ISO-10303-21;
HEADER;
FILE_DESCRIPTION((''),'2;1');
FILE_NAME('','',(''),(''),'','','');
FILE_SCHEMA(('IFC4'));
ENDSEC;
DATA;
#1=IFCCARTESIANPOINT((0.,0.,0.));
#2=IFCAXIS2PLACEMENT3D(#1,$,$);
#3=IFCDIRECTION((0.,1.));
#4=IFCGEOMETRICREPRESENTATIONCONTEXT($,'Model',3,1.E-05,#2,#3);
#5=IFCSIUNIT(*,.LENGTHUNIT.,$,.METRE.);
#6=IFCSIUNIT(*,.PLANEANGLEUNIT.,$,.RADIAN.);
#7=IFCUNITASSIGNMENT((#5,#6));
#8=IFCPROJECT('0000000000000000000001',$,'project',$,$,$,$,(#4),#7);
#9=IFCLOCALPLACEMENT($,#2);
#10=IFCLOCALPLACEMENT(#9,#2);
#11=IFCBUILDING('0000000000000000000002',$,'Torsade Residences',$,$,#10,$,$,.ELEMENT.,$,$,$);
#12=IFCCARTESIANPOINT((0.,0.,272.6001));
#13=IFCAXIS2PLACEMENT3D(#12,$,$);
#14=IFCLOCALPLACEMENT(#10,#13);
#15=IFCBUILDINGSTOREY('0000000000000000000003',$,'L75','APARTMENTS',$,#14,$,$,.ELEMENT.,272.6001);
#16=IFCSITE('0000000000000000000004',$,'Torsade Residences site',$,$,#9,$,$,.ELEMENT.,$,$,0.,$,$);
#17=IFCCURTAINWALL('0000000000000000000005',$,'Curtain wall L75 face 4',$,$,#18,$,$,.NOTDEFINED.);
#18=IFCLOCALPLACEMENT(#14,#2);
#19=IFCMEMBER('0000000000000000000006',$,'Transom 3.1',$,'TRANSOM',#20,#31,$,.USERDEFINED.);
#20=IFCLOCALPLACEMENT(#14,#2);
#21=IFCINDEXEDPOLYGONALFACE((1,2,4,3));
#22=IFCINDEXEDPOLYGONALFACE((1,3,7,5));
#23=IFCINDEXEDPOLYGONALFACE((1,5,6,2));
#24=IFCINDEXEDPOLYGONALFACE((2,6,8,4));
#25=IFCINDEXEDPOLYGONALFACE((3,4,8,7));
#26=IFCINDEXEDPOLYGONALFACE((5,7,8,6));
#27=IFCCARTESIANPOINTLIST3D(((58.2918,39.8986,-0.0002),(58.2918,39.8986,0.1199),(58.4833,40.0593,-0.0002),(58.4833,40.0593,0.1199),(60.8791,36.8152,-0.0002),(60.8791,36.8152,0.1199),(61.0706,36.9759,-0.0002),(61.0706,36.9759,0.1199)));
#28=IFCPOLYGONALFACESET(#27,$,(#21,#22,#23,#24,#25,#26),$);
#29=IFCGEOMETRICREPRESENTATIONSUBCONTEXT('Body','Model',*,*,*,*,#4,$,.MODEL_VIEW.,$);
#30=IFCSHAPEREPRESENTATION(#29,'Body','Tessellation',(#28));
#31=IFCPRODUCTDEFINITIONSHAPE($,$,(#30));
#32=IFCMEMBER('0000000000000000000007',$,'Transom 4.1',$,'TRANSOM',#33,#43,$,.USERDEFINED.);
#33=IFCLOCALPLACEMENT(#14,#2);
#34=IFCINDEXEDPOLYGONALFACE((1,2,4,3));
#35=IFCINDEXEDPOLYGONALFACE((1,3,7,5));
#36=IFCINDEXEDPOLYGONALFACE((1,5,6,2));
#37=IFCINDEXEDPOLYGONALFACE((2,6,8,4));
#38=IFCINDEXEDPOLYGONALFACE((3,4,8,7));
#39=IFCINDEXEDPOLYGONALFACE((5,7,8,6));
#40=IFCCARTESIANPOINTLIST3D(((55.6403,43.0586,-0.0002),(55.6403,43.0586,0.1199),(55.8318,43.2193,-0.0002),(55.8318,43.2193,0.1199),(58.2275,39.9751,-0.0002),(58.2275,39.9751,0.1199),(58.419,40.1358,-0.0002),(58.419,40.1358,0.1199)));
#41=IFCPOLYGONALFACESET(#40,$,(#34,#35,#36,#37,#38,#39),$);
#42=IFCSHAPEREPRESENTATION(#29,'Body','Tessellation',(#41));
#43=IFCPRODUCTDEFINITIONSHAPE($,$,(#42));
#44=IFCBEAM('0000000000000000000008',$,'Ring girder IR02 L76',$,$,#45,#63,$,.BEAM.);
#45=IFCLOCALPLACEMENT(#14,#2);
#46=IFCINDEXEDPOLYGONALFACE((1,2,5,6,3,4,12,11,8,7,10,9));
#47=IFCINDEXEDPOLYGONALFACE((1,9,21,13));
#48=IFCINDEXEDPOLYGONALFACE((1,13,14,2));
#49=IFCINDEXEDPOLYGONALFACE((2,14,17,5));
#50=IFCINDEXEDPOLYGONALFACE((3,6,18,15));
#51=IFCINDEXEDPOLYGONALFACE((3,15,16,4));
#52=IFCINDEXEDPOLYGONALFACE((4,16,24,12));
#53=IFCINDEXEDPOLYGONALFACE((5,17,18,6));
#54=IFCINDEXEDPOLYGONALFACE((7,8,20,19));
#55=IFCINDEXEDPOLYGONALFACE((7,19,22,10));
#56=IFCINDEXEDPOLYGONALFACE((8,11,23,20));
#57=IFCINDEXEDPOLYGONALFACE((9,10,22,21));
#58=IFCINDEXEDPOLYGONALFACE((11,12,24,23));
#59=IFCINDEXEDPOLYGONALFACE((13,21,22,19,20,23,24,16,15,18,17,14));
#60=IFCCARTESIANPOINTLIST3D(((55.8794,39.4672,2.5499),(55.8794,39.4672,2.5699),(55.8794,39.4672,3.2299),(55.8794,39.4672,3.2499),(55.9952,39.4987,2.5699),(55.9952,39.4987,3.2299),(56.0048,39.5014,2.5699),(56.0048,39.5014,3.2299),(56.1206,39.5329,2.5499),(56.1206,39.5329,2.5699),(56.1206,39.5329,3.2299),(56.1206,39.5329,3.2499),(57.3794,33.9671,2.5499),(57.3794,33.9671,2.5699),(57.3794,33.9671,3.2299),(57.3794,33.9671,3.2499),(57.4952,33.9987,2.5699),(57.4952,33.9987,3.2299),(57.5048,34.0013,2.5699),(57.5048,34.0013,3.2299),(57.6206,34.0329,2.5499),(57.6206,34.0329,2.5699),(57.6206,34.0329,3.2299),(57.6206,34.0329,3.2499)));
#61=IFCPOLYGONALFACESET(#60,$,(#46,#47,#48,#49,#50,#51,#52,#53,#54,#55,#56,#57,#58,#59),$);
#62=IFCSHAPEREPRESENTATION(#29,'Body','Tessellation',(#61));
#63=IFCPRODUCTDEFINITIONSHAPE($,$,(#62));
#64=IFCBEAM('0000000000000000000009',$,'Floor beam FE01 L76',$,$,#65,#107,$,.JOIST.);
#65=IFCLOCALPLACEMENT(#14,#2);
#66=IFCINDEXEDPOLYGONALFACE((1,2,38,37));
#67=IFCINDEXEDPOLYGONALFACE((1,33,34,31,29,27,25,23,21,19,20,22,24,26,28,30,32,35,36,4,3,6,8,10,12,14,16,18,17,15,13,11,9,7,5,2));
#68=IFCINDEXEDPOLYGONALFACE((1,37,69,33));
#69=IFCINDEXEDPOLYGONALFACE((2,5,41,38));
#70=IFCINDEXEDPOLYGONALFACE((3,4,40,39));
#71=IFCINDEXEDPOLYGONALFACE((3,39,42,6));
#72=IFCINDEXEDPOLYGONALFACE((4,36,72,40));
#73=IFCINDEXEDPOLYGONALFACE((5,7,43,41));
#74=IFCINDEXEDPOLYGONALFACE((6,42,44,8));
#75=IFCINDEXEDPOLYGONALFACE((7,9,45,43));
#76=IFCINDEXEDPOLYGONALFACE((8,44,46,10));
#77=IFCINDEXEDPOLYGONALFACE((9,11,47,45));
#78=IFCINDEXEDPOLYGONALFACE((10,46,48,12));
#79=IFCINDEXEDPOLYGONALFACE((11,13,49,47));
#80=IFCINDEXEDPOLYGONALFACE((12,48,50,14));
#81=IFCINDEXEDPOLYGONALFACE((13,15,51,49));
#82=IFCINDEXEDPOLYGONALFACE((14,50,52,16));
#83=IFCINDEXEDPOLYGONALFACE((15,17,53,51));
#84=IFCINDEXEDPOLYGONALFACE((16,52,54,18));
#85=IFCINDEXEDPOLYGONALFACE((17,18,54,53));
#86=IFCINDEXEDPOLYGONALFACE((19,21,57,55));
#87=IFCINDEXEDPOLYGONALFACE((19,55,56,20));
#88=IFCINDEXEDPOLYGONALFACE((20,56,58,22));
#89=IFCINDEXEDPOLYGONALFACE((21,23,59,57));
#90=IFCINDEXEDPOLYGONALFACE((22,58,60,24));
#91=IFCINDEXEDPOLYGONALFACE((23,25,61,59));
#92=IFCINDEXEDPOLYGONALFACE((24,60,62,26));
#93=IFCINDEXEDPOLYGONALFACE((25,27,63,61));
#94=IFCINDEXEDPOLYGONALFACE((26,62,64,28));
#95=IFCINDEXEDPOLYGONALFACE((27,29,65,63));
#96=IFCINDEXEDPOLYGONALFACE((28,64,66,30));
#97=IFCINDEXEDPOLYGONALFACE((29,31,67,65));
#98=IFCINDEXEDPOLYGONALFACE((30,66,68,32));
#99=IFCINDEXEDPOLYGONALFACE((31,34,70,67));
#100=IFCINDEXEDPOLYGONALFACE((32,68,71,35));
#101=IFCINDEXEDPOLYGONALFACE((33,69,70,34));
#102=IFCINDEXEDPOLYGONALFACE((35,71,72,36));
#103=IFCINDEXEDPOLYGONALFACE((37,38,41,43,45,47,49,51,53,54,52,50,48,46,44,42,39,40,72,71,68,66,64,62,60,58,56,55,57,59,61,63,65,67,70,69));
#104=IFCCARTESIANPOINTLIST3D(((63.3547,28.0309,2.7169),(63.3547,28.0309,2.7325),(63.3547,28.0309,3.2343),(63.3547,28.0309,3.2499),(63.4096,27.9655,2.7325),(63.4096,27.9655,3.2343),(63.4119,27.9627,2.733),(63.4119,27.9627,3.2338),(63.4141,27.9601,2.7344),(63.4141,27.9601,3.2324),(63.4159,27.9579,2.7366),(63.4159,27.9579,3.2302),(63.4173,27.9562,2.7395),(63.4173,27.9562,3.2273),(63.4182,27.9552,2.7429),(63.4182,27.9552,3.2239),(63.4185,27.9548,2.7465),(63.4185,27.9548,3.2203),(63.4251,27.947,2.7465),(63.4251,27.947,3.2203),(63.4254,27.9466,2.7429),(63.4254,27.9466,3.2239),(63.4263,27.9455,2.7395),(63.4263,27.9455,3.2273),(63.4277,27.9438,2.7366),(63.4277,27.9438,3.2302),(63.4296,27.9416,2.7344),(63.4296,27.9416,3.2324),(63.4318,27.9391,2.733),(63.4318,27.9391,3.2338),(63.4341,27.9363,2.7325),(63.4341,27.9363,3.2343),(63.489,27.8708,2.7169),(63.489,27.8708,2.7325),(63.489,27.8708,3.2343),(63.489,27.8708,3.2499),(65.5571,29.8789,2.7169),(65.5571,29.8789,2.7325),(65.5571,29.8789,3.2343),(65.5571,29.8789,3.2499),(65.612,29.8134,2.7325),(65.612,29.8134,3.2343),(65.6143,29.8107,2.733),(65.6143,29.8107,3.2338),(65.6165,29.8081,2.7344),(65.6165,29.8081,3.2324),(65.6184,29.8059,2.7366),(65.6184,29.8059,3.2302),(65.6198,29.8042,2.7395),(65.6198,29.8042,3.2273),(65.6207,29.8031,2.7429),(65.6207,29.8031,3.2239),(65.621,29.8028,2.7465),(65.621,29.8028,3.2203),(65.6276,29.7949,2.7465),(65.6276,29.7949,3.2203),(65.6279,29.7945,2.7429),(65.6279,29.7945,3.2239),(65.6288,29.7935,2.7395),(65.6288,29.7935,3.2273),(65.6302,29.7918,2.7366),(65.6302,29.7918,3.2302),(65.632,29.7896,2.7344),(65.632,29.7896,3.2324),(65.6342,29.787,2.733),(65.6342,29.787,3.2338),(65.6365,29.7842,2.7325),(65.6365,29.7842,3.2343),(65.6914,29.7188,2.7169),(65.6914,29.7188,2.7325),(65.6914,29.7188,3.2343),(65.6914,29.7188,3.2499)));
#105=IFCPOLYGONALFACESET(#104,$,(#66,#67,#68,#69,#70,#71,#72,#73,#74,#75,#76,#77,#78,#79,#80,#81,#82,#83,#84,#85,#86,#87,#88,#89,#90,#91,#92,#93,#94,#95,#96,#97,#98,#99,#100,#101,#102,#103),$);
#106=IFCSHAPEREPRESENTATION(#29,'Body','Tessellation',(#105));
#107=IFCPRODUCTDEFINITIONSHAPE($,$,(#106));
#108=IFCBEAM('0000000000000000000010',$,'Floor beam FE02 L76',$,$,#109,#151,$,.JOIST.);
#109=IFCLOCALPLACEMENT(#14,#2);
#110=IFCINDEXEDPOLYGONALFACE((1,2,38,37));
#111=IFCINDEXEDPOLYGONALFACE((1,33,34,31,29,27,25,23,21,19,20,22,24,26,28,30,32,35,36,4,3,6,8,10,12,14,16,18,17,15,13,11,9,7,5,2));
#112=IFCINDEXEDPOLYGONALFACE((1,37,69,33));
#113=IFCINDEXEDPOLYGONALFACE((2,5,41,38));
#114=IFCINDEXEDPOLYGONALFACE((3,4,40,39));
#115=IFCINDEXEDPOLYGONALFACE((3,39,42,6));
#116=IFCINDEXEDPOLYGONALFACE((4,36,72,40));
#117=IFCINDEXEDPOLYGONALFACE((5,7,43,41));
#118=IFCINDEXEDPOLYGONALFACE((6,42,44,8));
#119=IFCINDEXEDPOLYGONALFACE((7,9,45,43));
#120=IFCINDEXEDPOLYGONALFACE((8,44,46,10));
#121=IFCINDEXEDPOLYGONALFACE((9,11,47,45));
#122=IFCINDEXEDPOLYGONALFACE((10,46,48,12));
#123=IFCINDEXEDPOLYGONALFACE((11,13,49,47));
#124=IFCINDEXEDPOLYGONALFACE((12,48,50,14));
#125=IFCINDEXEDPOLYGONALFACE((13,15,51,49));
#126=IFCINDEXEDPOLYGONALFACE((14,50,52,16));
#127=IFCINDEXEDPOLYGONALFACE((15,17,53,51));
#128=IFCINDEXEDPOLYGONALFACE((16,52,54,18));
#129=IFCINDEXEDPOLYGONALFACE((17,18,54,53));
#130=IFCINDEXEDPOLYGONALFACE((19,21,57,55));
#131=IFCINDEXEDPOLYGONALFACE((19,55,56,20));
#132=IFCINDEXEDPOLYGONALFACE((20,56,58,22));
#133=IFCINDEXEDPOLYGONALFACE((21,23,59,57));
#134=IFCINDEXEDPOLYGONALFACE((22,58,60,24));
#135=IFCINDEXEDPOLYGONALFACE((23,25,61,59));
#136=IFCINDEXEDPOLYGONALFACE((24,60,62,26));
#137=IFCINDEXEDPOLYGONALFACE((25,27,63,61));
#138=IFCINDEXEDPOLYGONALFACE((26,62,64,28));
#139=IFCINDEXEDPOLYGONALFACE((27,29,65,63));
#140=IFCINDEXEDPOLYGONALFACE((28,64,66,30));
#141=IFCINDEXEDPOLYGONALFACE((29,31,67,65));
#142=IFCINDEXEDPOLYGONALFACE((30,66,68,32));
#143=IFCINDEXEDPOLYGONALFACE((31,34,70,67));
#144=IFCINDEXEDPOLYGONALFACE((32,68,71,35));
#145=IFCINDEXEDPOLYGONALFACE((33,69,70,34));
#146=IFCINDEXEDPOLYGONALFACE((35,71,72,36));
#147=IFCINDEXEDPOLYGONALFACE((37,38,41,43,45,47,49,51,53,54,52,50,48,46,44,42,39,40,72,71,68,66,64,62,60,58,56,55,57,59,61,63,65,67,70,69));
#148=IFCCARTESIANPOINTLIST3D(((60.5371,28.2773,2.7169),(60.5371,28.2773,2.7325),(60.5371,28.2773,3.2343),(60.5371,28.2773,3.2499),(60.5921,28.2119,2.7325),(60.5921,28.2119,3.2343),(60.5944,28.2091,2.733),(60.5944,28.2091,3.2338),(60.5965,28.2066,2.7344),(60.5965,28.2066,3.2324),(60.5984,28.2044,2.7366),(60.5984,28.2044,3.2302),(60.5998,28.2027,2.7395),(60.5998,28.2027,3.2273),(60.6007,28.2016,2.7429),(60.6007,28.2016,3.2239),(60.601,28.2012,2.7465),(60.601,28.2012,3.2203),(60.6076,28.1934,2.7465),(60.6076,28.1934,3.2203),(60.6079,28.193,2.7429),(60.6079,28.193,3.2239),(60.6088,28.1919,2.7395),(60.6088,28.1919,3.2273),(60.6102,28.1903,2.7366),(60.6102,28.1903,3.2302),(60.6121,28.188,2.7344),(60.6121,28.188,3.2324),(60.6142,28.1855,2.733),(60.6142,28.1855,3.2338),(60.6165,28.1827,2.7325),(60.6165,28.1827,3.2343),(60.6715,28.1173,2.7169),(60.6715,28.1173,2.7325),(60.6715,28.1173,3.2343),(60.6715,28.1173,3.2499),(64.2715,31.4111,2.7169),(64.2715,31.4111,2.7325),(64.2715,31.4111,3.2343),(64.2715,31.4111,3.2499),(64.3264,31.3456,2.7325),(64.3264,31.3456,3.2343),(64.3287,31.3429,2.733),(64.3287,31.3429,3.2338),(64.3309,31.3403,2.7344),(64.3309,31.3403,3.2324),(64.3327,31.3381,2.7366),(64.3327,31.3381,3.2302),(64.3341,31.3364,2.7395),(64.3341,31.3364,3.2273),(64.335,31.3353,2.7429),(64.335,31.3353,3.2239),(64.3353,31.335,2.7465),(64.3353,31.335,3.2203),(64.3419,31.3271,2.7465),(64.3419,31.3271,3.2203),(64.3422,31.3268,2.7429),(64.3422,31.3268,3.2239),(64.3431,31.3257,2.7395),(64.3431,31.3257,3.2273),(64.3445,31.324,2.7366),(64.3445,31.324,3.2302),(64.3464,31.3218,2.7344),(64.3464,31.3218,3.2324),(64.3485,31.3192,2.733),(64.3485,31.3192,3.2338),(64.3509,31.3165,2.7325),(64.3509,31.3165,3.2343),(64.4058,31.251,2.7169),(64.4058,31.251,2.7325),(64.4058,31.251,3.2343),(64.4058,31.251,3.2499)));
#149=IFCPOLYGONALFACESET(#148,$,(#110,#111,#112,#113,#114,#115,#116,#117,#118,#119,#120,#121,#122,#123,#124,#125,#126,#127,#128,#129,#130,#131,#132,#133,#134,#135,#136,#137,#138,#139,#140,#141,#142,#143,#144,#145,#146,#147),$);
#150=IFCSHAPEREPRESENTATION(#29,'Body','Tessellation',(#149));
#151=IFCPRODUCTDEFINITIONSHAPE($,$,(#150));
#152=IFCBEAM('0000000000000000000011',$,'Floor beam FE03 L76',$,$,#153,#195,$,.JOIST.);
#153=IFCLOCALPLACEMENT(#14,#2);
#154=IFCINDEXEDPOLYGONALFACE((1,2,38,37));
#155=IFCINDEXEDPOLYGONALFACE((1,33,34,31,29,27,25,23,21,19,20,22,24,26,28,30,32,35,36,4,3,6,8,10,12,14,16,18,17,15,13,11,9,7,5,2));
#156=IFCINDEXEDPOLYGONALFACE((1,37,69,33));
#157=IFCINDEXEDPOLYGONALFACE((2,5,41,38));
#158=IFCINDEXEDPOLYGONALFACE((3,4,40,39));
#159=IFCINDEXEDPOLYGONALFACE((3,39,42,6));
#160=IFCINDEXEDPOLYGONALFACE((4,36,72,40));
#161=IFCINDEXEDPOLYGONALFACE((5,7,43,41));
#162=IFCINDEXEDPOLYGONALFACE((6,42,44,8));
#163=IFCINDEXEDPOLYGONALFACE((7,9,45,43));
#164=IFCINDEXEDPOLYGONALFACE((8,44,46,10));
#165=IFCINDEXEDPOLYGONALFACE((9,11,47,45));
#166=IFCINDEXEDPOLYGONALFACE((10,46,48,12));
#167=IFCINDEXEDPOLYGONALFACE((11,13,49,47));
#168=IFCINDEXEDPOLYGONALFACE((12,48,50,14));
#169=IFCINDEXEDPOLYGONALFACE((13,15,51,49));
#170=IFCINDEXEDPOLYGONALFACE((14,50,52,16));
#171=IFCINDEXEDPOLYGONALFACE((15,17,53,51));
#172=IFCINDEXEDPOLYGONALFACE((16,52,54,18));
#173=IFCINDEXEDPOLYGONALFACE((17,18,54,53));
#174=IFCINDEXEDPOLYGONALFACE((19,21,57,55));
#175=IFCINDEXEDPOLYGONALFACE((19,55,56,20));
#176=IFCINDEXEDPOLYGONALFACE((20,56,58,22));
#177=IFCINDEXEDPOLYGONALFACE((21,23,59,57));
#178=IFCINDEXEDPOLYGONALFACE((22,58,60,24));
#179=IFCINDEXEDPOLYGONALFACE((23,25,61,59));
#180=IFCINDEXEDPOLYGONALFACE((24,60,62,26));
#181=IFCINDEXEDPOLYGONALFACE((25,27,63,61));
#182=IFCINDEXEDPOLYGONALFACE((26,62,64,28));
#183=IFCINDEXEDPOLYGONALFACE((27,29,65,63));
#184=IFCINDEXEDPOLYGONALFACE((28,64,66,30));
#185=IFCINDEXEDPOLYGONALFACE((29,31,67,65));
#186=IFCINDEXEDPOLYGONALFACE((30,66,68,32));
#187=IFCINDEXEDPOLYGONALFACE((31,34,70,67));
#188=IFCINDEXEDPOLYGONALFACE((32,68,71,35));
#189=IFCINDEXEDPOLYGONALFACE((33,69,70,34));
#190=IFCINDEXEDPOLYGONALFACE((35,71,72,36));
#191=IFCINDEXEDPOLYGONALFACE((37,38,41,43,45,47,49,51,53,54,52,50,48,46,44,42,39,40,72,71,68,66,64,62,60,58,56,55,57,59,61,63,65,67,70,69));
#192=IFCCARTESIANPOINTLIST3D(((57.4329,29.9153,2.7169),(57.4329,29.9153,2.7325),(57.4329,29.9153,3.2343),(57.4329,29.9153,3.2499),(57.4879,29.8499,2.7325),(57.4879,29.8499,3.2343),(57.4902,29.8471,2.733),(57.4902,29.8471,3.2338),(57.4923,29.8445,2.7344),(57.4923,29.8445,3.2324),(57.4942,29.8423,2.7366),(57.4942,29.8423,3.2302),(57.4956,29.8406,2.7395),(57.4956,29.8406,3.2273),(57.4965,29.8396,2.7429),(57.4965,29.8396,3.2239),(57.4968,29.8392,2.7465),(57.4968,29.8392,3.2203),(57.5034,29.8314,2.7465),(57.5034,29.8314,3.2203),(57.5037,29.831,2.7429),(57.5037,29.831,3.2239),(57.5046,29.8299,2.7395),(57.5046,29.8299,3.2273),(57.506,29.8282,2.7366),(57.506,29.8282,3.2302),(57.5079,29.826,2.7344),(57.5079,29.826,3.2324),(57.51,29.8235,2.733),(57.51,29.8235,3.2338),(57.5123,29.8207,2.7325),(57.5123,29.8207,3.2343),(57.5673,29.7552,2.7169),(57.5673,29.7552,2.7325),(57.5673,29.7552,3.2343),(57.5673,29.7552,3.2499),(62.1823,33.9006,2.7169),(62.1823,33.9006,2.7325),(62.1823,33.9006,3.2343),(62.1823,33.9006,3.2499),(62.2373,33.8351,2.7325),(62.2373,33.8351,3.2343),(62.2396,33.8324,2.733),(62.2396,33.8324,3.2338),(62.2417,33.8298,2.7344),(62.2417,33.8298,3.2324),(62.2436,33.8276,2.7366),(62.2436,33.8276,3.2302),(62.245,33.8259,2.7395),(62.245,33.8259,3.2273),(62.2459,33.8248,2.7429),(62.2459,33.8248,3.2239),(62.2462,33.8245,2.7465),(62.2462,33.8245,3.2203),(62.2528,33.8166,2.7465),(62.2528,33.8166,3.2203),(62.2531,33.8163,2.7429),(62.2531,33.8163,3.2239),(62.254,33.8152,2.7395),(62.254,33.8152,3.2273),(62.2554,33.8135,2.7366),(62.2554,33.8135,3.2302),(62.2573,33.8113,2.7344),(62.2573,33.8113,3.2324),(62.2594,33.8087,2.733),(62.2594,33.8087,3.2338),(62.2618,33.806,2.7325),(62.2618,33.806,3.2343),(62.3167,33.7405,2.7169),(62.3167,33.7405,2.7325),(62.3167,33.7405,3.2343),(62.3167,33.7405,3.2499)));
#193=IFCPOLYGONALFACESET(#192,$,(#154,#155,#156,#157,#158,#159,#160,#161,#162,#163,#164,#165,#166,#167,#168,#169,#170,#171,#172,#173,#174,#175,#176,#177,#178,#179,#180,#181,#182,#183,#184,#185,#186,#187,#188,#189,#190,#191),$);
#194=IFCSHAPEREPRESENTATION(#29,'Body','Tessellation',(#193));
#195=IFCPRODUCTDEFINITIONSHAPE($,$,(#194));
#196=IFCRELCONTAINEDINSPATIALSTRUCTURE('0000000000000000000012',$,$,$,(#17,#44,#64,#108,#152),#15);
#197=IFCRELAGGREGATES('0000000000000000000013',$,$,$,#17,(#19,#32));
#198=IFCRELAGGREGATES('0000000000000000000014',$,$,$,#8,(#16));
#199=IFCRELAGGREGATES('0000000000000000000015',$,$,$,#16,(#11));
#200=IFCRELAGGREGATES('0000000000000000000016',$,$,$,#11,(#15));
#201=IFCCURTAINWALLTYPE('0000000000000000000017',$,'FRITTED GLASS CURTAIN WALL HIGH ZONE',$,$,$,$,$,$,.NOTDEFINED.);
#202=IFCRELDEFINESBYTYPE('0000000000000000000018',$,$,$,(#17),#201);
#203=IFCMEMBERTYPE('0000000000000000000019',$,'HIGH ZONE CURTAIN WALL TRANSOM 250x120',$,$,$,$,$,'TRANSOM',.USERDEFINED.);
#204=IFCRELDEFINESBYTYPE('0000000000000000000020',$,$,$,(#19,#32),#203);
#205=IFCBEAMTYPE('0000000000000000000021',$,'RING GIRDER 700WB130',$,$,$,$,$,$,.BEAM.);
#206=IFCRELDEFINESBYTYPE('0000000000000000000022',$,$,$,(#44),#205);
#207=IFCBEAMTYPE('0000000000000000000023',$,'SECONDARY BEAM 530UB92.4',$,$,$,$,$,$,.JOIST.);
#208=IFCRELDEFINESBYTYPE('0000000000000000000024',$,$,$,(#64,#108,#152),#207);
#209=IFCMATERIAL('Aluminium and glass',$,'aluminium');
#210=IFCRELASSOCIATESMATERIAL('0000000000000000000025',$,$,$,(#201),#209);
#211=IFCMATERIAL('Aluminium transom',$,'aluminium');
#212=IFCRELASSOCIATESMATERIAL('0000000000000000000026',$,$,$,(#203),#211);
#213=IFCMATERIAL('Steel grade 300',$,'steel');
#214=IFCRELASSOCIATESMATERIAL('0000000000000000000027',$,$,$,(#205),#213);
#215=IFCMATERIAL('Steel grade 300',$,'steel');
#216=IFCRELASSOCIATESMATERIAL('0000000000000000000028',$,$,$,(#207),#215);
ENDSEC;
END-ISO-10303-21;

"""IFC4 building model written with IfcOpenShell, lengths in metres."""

from ifc_helpers import new_model, si_unit, direction, frame, origin, origin_2d, place, context, subcontext, project, spatial, rectangle, i_section, extrude, material, material_profile, profile_set, type_object, element, aggregate, save


model = new_model("IFC4")

# Units and contexts
model_context = context("Model", 3, precision=1e-05, world=origin(), true_north=direction((0.0, 1.0)))
body_context = subcontext(model_context, "Body", "Model", "MODEL_VIEW")
ifc_project = project(units=[si_unit("LENGTHUNIT", "METRE"), si_unit("PLANEANGLEUNIT", "RADIAN")], contexts=[model_context])

# Site, building, storey
site_placement = place(None, origin())
site = spatial("IfcSite", under=ifc_project, at=site_placement, Name="Torsade Residences site", CompositionType="ELEMENT", RefElevation=0.0)
building_placement = place(site_placement, origin())
building = spatial("IfcBuilding", under=site, at=building_placement, Name="Torsade Residences", CompositionType="ELEMENT")
storey_placement = place(building_placement, frame((0.0, 0.0, 272.6001)))
storey = spatial("IfcBuildingStorey", under=building, at=storey_placement, Name="L75", Description="APARTMENTS", CompositionType="ELEMENT", Elevation=272.6001)

# Curtain wall, members
ifc_material_1 = material(Name="Aluminium and glass", Category="aluminium")
curtain_wall_type = type_object("IfcCurtainWallType", Name="FRITTED GLASS CURTAIN WALL HIGH ZONE", PredefinedType="NOTDEFINED", material=ifc_material_1)
curtain_wall_placement = place(storey_placement, origin())
curtain_wall = element("IfcCurtainWall", 1, at=curtain_wall_placement, inside=storey, type_object=curtain_wall_type, Name="Curtain wall L75 face 4", PredefinedType="NOTDEFINED")
ifc_material_2 = material(Name="Aluminium transom", Category="aluminium")
ifc_material_profile_1 = material_profile(ifc_material_2, rectangle(XDim=0.25, YDim=0.1201, at=origin_2d()), Name="HIGH ZONE CURTAIN WALL TRANSOM 250x120")
ifc_profile_set_1 = profile_set([ifc_material_profile_1], Name="Aluminium transom")
member_type_1 = type_object("IfcMemberType", Name="HIGH ZONE CURTAIN WALL TRANSOM 250x120", ElementType="TRANSOM", PredefinedType="USERDEFINED", material=ifc_profile_set_1)
member_1_placement = place(storey_placement, frame((60.9749, 36.8955, 0.0598), z_axis=(-0.642794, 0.766039, 0.0), x_axis=(-0.766039, -0.642794, 0.0)))
member_1 = element("IfcMember", 2, at=member_1_placement, type_object=member_type_1, Name="Transom 3.1", ObjectType="TRANSOM", PredefinedType="USERDEFINED", context=body_context, shape_type="SweptSolid", body=[
    extrude(rectangle(XDim=0.25, YDim=0.1201, at=origin_2d()), origin(), (0.0, 0.0, 1.0), 4.0251),
])
member_2_placement = place(storey_placement, frame((58.3232, 40.0554, 0.0598), z_axis=(-0.642758, 0.766069, 0.0), x_axis=(-0.766069, -0.642758, 0.0)))
member_2 = element("IfcMember", 3, at=member_2_placement, type_object=member_type_1, Name="Transom 4.1", ObjectType="TRANSOM", PredefinedType="USERDEFINED", context=body_context, shape_type="SweptSolid", body=[
    extrude(rectangle(XDim=0.25, YDim=0.1201, at=origin_2d()), origin(), (0.0, 0.0, 1.0), 4.0251),
])

# Beams
ifc_material_3 = material(Name="Steel grade 300", Category="steel")
ifc_material_profile_2 = material_profile(ifc_material_3, i_section(OverallWidth=0.25, OverallDepth=0.7, WebThickness=0.01, FlangeThickness=0.02, at=origin_2d()), Name="700WB130")
ifc_profile_set_2 = profile_set([ifc_material_profile_2], Name="Steel grade 300")
beam_type_1 = type_object("IfcBeamType", Name="RING GIRDER 700WB130", PredefinedType="BEAM", material=ifc_profile_set_2)
beam_1_placement = place(storey_placement, frame((57.5, 34.0, 2.8999), z_axis=(-0.263117, 0.964764, 0.0), x_axis=(-0.964764, -0.263117, 0.0)))
element("IfcBeam", 4, at=beam_1_placement, inside=storey, type_object=beam_type_1, Name="Ring girder IR02 L76", PredefinedType="BEAM", context=body_context, shape_type="SweptSolid", body=[
    extrude(i_section(OverallWidth=0.25, OverallDepth=0.7, WebThickness=0.01, FlangeThickness=0.02, at=origin_2d()), origin(), (0.0, 0.0, 1.0), 5.7009),
])
ifc_material_4 = material(Name="Steel grade 300", Category="steel")
ifc_material_profile_3 = material_profile(ifc_material_4, i_section(OverallWidth=0.209, OverallDepth=0.533, WebThickness=0.0103, FlangeThickness=0.0156, FilletRadius=0.0139, at=origin_2d()), Name="530UB92.4")
ifc_profile_set_3 = profile_set([ifc_material_profile_3], Name="Steel grade 300")
beam_type_2 = type_object("IfcBeamType", Name="SECONDARY BEAM 530UB92.4", PredefinedType="JOIST", material=ifc_profile_set_3)
beam_2_placement = place(storey_placement, frame((65.6243, 29.7988, 2.9834), z_axis=(-0.766066, -0.642762, 0.0), x_axis=(0.642762, -0.766066, 0.0)))
element("IfcBeam", 5, at=beam_2_placement, inside=storey, type_object=beam_type_2, Name="Floor beam FE01 L76", PredefinedType="JOIST", context=body_context, shape_type="SweptSolid", body=[
    extrude(i_section(OverallWidth=0.209, OverallDepth=0.533, WebThickness=0.0103, FlangeThickness=0.0156, FilletRadius=0.0139, at=origin_2d()), origin(), (0.0, 0.0, 1.0), 2.875),
])
beam_3_placement = place(storey_placement, frame((64.3386, 31.3311, 2.9834), z_axis=(-0.766017, -0.642821, 0.0), x_axis=(0.642821, -0.766017, 0.0)))
element("IfcBeam", 6, at=beam_3_placement, inside=storey, type_object=beam_type_2, Name="Floor beam FE02 L76", PredefinedType="JOIST", context=body_context, shape_type="SweptSolid", body=[
    extrude(i_section(OverallWidth=0.209, OverallDepth=0.533, WebThickness=0.0103, FlangeThickness=0.0156, FilletRadius=0.0139, at=origin_2d()), origin(), (0.0, 0.0, 1.0), 4.875),
])
beam_4_placement = place(storey_placement, frame((62.2495, 33.8206, 2.9834), z_axis=(-0.766041, -0.642791, 0.0), x_axis=(0.642791, -0.766041, 0.0)))
element("IfcBeam", 7, at=beam_4_placement, inside=storey, type_object=beam_type_2, Name="Floor beam FE03 L76", PredefinedType="JOIST", context=body_context, shape_type="SweptSolid", body=[
    extrude(i_section(OverallWidth=0.209, OverallDepth=0.533, WebThickness=0.0103, FlangeThickness=0.0156, FilletRadius=0.0139, at=origin_2d()), origin(), (0.0, 0.0, 1.0), 6.2),
])

aggregate(curtain_wall, [member_1, member_2])

save(model, "model.ifc")
